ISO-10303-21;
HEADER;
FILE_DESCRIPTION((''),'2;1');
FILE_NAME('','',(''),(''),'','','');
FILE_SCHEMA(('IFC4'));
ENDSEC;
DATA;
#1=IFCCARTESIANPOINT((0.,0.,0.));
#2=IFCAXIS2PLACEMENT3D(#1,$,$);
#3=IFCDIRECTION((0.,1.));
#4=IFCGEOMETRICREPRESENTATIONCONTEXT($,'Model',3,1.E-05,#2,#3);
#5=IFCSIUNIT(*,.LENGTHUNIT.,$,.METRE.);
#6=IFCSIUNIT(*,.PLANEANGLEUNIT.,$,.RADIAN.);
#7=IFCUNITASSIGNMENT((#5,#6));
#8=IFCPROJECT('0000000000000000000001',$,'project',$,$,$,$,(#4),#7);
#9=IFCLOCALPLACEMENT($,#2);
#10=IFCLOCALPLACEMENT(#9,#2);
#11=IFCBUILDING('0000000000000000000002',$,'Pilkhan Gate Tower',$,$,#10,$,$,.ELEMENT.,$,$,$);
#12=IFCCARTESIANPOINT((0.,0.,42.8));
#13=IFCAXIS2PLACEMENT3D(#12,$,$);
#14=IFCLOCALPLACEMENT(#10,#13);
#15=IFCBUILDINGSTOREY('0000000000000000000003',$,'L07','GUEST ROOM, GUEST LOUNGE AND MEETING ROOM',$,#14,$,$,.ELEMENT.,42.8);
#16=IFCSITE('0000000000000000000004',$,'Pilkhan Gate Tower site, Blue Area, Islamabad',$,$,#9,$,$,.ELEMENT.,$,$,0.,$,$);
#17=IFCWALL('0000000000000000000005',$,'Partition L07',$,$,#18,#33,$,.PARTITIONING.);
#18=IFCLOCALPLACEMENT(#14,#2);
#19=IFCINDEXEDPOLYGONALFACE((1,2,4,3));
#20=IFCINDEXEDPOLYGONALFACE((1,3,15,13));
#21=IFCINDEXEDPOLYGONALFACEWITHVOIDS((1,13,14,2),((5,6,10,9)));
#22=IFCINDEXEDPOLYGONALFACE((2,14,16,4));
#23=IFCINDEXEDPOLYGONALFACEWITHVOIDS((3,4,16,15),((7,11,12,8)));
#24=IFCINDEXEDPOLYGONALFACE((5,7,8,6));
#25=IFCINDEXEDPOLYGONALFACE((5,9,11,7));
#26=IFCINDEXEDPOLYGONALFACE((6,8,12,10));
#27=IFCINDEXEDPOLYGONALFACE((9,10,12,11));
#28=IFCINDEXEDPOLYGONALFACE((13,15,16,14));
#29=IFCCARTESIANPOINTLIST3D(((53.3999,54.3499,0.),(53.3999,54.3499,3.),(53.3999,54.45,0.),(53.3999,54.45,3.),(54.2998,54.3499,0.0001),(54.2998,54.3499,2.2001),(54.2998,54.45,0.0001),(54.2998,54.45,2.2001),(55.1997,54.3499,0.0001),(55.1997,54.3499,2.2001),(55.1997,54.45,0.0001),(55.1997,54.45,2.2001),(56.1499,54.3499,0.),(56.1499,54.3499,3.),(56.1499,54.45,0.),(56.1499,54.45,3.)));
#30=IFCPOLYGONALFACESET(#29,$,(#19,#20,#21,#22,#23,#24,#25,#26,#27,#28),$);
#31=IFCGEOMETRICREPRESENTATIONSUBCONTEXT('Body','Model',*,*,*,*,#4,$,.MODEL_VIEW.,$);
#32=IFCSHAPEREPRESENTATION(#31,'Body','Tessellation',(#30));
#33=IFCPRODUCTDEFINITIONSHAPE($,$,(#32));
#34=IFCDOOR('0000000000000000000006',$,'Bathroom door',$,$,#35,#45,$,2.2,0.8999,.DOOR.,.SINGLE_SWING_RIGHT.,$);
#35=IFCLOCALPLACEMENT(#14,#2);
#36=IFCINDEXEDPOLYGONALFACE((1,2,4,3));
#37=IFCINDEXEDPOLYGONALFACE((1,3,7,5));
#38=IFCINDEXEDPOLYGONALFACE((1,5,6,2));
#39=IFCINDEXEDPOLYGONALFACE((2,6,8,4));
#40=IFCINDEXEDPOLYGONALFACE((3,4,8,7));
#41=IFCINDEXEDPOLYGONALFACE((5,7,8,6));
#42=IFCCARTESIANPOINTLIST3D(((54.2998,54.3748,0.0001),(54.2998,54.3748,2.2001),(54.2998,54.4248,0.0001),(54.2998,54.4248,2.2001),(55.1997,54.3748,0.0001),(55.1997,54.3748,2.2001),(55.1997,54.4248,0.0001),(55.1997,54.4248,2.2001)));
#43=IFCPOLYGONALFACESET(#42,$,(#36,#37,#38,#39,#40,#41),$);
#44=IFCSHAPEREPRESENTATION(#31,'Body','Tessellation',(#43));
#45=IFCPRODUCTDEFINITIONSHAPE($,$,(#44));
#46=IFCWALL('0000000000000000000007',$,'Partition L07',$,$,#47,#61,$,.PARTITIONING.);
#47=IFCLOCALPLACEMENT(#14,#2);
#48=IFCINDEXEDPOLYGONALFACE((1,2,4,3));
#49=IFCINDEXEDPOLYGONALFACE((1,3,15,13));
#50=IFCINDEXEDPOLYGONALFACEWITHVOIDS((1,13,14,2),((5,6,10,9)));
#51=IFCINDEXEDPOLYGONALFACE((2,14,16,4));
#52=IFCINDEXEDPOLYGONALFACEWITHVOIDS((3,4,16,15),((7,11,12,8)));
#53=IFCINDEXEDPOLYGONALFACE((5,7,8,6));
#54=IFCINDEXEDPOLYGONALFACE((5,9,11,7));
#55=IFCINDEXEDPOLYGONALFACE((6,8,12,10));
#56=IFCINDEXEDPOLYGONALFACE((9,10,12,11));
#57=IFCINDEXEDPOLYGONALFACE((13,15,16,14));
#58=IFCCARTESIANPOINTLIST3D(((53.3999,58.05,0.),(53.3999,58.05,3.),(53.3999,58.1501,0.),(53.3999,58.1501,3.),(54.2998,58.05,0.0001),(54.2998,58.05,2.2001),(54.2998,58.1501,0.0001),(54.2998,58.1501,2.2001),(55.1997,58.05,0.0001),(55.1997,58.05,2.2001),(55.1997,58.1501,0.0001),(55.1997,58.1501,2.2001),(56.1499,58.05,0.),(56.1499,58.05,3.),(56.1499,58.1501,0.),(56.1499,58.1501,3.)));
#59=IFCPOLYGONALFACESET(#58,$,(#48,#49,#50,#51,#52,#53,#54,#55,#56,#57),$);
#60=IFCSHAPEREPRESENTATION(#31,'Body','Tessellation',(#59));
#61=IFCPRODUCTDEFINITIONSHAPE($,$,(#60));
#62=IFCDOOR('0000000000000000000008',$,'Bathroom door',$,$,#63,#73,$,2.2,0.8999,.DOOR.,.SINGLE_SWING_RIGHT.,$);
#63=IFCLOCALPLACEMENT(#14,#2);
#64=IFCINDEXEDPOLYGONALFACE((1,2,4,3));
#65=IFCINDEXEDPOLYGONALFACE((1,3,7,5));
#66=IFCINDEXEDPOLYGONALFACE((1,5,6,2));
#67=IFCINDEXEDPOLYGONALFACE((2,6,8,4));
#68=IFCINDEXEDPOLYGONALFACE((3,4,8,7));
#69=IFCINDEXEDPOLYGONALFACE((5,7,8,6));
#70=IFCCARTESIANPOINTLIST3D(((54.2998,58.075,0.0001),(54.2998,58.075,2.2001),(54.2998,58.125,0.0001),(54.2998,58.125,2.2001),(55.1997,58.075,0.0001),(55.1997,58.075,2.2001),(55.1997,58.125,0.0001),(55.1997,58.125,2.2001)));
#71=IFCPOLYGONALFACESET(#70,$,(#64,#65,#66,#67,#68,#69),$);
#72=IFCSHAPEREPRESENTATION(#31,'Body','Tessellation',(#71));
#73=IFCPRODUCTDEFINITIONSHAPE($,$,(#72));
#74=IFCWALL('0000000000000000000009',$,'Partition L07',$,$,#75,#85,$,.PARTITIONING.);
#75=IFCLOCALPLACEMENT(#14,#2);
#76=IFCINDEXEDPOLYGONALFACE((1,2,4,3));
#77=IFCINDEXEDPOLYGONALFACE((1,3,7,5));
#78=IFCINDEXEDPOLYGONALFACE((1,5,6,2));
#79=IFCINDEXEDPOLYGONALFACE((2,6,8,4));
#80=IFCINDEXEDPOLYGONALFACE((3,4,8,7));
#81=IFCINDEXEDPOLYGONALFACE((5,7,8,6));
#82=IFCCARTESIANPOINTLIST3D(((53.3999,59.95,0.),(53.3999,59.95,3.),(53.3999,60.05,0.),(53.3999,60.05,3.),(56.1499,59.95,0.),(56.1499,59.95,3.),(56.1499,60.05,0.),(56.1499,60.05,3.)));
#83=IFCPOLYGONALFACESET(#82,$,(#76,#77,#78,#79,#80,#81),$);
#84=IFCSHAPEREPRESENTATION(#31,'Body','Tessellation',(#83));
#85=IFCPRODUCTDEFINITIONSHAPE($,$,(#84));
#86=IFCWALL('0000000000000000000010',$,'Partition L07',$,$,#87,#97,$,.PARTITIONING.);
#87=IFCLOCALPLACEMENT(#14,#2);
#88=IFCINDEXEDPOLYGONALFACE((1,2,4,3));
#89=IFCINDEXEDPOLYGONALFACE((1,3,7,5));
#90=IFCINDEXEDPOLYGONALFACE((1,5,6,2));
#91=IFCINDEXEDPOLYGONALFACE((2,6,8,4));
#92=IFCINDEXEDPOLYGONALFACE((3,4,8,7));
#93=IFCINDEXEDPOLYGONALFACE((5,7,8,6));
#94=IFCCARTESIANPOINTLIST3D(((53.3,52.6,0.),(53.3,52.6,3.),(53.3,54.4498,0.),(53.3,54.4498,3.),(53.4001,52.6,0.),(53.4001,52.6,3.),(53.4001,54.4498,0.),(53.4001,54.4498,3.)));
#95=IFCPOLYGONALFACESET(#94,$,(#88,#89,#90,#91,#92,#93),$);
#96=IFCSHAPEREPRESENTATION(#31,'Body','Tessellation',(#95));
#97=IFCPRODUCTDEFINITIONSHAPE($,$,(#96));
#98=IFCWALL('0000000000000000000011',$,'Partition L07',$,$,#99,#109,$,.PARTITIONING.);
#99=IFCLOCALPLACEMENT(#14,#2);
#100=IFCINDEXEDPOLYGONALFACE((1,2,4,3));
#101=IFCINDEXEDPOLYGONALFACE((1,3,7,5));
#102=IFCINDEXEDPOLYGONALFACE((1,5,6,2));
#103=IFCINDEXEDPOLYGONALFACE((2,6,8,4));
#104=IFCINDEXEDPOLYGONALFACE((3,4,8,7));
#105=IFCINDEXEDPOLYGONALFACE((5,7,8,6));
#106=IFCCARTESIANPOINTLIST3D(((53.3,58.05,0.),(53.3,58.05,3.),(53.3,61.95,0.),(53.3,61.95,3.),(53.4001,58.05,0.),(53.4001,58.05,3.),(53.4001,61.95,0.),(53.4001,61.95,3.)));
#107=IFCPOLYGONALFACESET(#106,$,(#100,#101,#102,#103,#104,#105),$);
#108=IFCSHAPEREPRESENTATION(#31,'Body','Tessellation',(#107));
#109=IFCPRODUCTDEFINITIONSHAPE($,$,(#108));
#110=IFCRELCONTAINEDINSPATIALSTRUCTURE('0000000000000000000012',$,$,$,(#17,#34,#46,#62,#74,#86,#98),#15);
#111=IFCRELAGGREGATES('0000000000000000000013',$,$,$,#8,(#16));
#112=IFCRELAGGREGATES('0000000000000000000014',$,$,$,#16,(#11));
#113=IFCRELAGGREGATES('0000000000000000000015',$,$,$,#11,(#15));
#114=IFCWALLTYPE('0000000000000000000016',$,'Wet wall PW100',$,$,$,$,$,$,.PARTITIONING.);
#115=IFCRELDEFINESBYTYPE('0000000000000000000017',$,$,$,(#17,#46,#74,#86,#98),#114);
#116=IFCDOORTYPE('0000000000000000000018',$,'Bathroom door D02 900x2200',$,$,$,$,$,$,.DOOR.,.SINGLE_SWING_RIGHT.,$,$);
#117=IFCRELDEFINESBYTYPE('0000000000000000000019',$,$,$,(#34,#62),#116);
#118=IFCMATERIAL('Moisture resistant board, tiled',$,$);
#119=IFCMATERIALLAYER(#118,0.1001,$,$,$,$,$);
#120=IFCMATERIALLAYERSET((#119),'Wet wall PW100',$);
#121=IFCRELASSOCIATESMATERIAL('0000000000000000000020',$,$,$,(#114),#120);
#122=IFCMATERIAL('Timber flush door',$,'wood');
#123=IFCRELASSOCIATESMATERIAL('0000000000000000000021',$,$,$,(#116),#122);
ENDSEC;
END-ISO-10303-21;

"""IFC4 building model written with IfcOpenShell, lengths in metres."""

from ifc_helpers import new_model, si_unit, direction, frame, frame_2d, origin, place, context, subcontext, project, spatial, rectangle, extrude, material, layer, layer_set, type_object, element, fill, save


model = new_model("IFC4")

# Units and contexts
model_context = context("Model", 3, precision=1e-05, world=origin(), true_north=direction((0.0, 1.0)))
body_context = subcontext(model_context, "Body", "Model", "MODEL_VIEW")
ifc_project = project(units=[si_unit("LENGTHUNIT", "METRE"), si_unit("PLANEANGLEUNIT", "RADIAN")], contexts=[model_context])

# Site, building, storey
site_placement = place(None, origin())
site = spatial("IfcSite", under=ifc_project, at=site_placement, Name="Pilkhan Gate Tower site, Blue Area, Islamabad", CompositionType="ELEMENT", RefElevation=0.0)
building_placement = place(site_placement, origin())
building = spatial("IfcBuilding", under=site, at=building_placement, Name="Pilkhan Gate Tower", CompositionType="ELEMENT")
storey_placement = place(building_placement, frame((0.0, 0.0, 42.8)))
storey = spatial("IfcBuildingStorey", under=building, at=storey_placement, Name="L07", Description="GUEST ROOM, GUEST LOUNGE AND MEETING ROOM", CompositionType="ELEMENT", Elevation=42.8)

# Walls, openings, doors
ifc_material_1 = material(Name="Moisture resistant board, tiled")
ifc_layer_1 = layer(ifc_material_1, 0.1001)
ifc_layer_set_1 = layer_set([ifc_layer_1], Name="Wet wall PW100")
wall_type_1 = type_object("IfcWallType", Name="Wet wall PW100", PredefinedType="PARTITIONING", material=ifc_layer_set_1)
wall_1_placement = place(storey_placement, frame((53.3999, 54.3999, 0.0), z_axis=(0.0, 0.0, 1.0), x_axis=(1.0, 0.0, 0.0)))
wall_1 = element("IfcWall", 1, at=wall_1_placement, inside=storey, type_object=wall_type_1, Name="Partition L07", PredefinedType="PARTITIONING", context=body_context, shape_type="SweptSolid", body=[
    extrude(rectangle(XDim=2.75, YDim=0.1001, at=frame_2d((1.375, 0.0))), origin(), (0.0, 0.0, 1.0), 3.0),
])
opening_1_placement = place(wall_1_placement, frame((0.8999, 0.0, 0.0)))
opening_1 = element("IfcOpeningElement", 2, at=opening_1_placement, cuts=wall_1, PredefinedType="OPENING", context=body_context, shape_type="SweptSolid", body=[
    extrude(rectangle(XDim=0.8999, YDim=2.2, at=frame_2d((0.45, 1.1001))), frame((0.0, 0.0601, 0.0), z_axis=(0.0, -1.0, 0.0), x_axis=(1.0, 0.0, 0.0)), (0.0, 0.0, 1.0), 0.1201),
])
ifc_material_2 = material(Name="Timber flush door", Category="wood")
door_type = type_object("IfcDoorType", Name="Bathroom door D02 900x2200", OperationType="SINGLE_SWING_RIGHT", PredefinedType="DOOR", material=ifc_material_2)
door_1_placement = place(opening_1_placement, origin())
door_1 = element("IfcDoor", 3, at=door_1_placement, inside=storey, type_object=door_type, Name="Bathroom door", OperationType="SINGLE_SWING_RIGHT", OverallHeight=2.2, OverallWidth=0.8999, PredefinedType="DOOR", context=body_context, shape_type="SweptSolid", body=[
    extrude(rectangle(XDim=0.8999, YDim=2.2, at=frame_2d((0.45, 1.1001))), frame((0.0, 0.0249, 0.0), z_axis=(0.0, -1.0, 0.0), x_axis=(1.0, 0.0, 0.0)), (0.0, 0.0, 1.0), 0.05),
])
fill(opening_1, door_1)
wall_2_placement = place(storey_placement, frame((53.3999, 58.1001, 0.0), z_axis=(0.0, 0.0, 1.0), x_axis=(1.0, 0.0, 0.0)))
wall_2 = element("IfcWall", 4, at=wall_2_placement, inside=storey, type_object=wall_type_1, Name="Partition L07", PredefinedType="PARTITIONING", context=body_context, shape_type="SweptSolid", body=[
    extrude(rectangle(XDim=2.75, YDim=0.1001, at=frame_2d((1.375, 0.0))), origin(), (0.0, 0.0, 1.0), 3.0),
])
opening_2_placement = place(wall_2_placement, frame((0.8999, 0.0, 0.0)))
opening_2 = element("IfcOpeningElement", 5, at=opening_2_placement, cuts=wall_2, PredefinedType="OPENING", context=body_context, shape_type="SweptSolid", body=[
    extrude(rectangle(XDim=0.8999, YDim=2.2, at=frame_2d((0.45, 1.1001))), frame((0.0, 0.0601, 0.0), z_axis=(0.0, -1.0, 0.0), x_axis=(1.0, 0.0, 0.0)), (0.0, 0.0, 1.0), 0.1201),
])
door_2_placement = place(opening_2_placement, origin())
door_2 = element("IfcDoor", 6, at=door_2_placement, inside=storey, type_object=door_type, Name="Bathroom door", OperationType="SINGLE_SWING_RIGHT", OverallHeight=2.2, OverallWidth=0.8999, PredefinedType="DOOR", context=body_context, shape_type="SweptSolid", body=[
    extrude(rectangle(XDim=0.8999, YDim=2.2, at=frame_2d((0.45, 1.1001))), frame((0.0, 0.0249, 0.0), z_axis=(0.0, -1.0, 0.0), x_axis=(1.0, 0.0, 0.0)), (0.0, 0.0, 1.0), 0.05),
])
fill(opening_2, door_2)

# Walls
wall_3_placement = place(storey_placement, frame((53.3999, 60.0, 0.0), z_axis=(0.0, 0.0, 1.0), x_axis=(1.0, 0.0, 0.0)))
element("IfcWall", 7, at=wall_3_placement, inside=storey, type_object=wall_type_1, Name="Partition L07", PredefinedType="PARTITIONING", context=body_context, shape_type="SweptSolid", body=[
    extrude(rectangle(XDim=2.75, YDim=0.1001, at=frame_2d((1.375, 0.0))), origin(), (0.0, 0.0, 1.0), 3.0),
])
wall_4_placement = place(storey_placement, frame((53.3501, 52.6001, 0.0), z_axis=(0.0, 0.0, 1.0), x_axis=(0.0, 1.0, 0.0)))
element("IfcWall", 8, at=wall_4_placement, inside=storey, type_object=wall_type_1, Name="Partition L07", PredefinedType="PARTITIONING", context=body_context, shape_type="SweptSolid", body=[
    extrude(rectangle(XDim=1.8499, YDim=0.1001, at=frame_2d((0.9248, 0.0))), origin(), (0.0, 0.0, 1.0), 3.0),
])
wall_5_placement = place(storey_placement, frame((53.3501, 58.05, 0.0), z_axis=(0.0, 0.0, 1.0), x_axis=(0.0, 1.0, 0.0)))
element("IfcWall", 9, at=wall_5_placement, inside=storey, type_object=wall_type_1, Name="Partition L07", PredefinedType="PARTITIONING", context=body_context, shape_type="SweptSolid", body=[
    extrude(rectangle(XDim=3.8999, YDim=0.1001, at=frame_2d((1.95, 0.0))), origin(), (0.0, 0.0, 1.0), 3.0),
])

save(model, "model.ifc")
